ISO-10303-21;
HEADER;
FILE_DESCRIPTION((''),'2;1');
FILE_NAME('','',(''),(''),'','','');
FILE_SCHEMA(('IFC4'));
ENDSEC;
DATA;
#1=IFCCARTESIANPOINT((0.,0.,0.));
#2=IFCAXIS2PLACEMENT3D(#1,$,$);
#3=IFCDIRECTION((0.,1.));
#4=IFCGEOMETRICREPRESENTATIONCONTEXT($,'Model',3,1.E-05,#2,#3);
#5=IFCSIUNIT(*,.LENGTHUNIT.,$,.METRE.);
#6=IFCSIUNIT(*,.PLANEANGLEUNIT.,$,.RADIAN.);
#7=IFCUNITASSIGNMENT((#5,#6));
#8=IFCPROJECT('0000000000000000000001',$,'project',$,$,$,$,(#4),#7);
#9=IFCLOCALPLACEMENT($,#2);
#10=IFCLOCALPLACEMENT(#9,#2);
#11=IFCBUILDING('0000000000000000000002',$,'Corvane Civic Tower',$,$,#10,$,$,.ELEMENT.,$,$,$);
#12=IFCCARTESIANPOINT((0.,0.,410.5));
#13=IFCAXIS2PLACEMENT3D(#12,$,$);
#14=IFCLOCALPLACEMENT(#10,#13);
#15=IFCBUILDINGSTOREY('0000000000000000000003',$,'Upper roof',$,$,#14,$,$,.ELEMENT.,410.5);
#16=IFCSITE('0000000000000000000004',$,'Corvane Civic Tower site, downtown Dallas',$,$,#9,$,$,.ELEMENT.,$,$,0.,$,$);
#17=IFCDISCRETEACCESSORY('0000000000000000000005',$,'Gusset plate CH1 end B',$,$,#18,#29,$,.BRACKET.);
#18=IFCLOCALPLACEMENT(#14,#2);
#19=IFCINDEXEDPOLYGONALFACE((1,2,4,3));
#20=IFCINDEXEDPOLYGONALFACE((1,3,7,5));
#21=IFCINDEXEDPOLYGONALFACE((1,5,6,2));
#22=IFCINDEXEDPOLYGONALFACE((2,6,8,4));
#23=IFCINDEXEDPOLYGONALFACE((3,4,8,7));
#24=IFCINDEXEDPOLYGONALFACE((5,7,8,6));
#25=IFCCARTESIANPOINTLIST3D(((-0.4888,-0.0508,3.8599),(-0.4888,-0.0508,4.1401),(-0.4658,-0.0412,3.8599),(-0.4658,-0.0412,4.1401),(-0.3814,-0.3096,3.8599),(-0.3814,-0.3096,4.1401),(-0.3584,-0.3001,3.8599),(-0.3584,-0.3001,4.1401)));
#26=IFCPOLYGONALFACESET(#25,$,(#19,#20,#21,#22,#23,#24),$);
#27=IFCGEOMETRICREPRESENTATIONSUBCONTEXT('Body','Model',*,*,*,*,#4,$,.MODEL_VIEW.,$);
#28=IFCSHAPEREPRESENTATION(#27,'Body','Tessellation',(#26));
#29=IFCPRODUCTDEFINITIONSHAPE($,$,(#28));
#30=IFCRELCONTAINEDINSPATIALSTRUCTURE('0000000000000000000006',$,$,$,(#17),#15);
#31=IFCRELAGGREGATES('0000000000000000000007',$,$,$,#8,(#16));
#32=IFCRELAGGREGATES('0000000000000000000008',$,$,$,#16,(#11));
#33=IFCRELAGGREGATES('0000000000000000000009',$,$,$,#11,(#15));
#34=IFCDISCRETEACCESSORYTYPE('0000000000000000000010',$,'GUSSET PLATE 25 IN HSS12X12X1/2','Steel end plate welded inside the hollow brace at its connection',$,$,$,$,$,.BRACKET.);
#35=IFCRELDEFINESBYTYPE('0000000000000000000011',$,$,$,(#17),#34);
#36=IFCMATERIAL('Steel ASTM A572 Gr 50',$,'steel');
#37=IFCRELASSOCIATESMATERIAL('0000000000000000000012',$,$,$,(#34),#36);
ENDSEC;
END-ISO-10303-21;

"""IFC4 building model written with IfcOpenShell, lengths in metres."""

from ifc_helpers import new_model, si_unit, direction, frame, origin, origin_2d, place, context, subcontext, project, spatial, rectangle, extrude, material, material_profile, profile_set, type_object, element, save


model = new_model("IFC4")

# Units and contexts
model_context = context("Model", 3, precision=1e-05, world=origin(), true_north=direction((0.0, 1.0)))
body_context = subcontext(model_context, "Body", "Model", "MODEL_VIEW")
ifc_project = project(units=[si_unit("LENGTHUNIT", "METRE"), si_unit("PLANEANGLEUNIT", "RADIAN")], contexts=[model_context])

# Site, building, storey
site_placement = place(None, origin())
site = spatial("IfcSite", under=ifc_project, at=site_placement, Name="Corvane Civic Tower site, downtown Dallas", CompositionType="ELEMENT", RefElevation=0.0)
building_placement = place(site_placement, origin())
building = spatial("IfcBuilding", under=site, at=building_placement, Name="Corvane Civic Tower", CompositionType="ELEMENT")
storey_placement = place(building_placement, frame((0.0, 0.0, 410.5)))
storey = spatial("IfcBuildingStorey", under=building, at=storey_placement, Name="Upper roof", CompositionType="ELEMENT", Elevation=410.5)

# Discrete accessory
ifc_material_1 = material(Name="Steel ASTM A572 Gr 50", Category="steel")
ifc_material_profile_1 = material_profile(ifc_material_1, rectangle(XDim=0.2803, YDim=0.2803, at=origin_2d()), Name="GUSSET PLATE 25 IN HSS12X12X1/2")
ifc_profile_set_1 = profile_set([ifc_material_profile_1], Name="Steel ASTM A572 Gr 50")
discrete_accessory_type = type_object("IfcDiscreteAccessoryType", Name="GUSSET PLATE 25 IN HSS12X12X1/2", Description="Steel end plate welded inside the hollow brace at its connection", PredefinedType="BRACKET", material=ifc_profile_set_1)
for number, where, z_axis, x_axis, name in (
    (1, (-0.4121, -0.1707, 4.0), (-0.923657, -0.38322, 0.0), (0.38322, -0.923657, 0.0), "Gusset plate CH1 end B"),
):
    element("IfcDiscreteAccessory", number, at=place(storey_placement, frame(where, z_axis=z_axis, x_axis=x_axis)), inside=storey, type_object=discrete_accessory_type, Name=name, PredefinedType="BRACKET", context=body_context, shape_type="SweptSolid", body=[
        extrude(rectangle(XDim=0.2803, YDim=0.2803, at=origin_2d()), origin(), (0.0, 0.0, 1.0), 0.0249),
    ])

save(model, "model.ifc")
